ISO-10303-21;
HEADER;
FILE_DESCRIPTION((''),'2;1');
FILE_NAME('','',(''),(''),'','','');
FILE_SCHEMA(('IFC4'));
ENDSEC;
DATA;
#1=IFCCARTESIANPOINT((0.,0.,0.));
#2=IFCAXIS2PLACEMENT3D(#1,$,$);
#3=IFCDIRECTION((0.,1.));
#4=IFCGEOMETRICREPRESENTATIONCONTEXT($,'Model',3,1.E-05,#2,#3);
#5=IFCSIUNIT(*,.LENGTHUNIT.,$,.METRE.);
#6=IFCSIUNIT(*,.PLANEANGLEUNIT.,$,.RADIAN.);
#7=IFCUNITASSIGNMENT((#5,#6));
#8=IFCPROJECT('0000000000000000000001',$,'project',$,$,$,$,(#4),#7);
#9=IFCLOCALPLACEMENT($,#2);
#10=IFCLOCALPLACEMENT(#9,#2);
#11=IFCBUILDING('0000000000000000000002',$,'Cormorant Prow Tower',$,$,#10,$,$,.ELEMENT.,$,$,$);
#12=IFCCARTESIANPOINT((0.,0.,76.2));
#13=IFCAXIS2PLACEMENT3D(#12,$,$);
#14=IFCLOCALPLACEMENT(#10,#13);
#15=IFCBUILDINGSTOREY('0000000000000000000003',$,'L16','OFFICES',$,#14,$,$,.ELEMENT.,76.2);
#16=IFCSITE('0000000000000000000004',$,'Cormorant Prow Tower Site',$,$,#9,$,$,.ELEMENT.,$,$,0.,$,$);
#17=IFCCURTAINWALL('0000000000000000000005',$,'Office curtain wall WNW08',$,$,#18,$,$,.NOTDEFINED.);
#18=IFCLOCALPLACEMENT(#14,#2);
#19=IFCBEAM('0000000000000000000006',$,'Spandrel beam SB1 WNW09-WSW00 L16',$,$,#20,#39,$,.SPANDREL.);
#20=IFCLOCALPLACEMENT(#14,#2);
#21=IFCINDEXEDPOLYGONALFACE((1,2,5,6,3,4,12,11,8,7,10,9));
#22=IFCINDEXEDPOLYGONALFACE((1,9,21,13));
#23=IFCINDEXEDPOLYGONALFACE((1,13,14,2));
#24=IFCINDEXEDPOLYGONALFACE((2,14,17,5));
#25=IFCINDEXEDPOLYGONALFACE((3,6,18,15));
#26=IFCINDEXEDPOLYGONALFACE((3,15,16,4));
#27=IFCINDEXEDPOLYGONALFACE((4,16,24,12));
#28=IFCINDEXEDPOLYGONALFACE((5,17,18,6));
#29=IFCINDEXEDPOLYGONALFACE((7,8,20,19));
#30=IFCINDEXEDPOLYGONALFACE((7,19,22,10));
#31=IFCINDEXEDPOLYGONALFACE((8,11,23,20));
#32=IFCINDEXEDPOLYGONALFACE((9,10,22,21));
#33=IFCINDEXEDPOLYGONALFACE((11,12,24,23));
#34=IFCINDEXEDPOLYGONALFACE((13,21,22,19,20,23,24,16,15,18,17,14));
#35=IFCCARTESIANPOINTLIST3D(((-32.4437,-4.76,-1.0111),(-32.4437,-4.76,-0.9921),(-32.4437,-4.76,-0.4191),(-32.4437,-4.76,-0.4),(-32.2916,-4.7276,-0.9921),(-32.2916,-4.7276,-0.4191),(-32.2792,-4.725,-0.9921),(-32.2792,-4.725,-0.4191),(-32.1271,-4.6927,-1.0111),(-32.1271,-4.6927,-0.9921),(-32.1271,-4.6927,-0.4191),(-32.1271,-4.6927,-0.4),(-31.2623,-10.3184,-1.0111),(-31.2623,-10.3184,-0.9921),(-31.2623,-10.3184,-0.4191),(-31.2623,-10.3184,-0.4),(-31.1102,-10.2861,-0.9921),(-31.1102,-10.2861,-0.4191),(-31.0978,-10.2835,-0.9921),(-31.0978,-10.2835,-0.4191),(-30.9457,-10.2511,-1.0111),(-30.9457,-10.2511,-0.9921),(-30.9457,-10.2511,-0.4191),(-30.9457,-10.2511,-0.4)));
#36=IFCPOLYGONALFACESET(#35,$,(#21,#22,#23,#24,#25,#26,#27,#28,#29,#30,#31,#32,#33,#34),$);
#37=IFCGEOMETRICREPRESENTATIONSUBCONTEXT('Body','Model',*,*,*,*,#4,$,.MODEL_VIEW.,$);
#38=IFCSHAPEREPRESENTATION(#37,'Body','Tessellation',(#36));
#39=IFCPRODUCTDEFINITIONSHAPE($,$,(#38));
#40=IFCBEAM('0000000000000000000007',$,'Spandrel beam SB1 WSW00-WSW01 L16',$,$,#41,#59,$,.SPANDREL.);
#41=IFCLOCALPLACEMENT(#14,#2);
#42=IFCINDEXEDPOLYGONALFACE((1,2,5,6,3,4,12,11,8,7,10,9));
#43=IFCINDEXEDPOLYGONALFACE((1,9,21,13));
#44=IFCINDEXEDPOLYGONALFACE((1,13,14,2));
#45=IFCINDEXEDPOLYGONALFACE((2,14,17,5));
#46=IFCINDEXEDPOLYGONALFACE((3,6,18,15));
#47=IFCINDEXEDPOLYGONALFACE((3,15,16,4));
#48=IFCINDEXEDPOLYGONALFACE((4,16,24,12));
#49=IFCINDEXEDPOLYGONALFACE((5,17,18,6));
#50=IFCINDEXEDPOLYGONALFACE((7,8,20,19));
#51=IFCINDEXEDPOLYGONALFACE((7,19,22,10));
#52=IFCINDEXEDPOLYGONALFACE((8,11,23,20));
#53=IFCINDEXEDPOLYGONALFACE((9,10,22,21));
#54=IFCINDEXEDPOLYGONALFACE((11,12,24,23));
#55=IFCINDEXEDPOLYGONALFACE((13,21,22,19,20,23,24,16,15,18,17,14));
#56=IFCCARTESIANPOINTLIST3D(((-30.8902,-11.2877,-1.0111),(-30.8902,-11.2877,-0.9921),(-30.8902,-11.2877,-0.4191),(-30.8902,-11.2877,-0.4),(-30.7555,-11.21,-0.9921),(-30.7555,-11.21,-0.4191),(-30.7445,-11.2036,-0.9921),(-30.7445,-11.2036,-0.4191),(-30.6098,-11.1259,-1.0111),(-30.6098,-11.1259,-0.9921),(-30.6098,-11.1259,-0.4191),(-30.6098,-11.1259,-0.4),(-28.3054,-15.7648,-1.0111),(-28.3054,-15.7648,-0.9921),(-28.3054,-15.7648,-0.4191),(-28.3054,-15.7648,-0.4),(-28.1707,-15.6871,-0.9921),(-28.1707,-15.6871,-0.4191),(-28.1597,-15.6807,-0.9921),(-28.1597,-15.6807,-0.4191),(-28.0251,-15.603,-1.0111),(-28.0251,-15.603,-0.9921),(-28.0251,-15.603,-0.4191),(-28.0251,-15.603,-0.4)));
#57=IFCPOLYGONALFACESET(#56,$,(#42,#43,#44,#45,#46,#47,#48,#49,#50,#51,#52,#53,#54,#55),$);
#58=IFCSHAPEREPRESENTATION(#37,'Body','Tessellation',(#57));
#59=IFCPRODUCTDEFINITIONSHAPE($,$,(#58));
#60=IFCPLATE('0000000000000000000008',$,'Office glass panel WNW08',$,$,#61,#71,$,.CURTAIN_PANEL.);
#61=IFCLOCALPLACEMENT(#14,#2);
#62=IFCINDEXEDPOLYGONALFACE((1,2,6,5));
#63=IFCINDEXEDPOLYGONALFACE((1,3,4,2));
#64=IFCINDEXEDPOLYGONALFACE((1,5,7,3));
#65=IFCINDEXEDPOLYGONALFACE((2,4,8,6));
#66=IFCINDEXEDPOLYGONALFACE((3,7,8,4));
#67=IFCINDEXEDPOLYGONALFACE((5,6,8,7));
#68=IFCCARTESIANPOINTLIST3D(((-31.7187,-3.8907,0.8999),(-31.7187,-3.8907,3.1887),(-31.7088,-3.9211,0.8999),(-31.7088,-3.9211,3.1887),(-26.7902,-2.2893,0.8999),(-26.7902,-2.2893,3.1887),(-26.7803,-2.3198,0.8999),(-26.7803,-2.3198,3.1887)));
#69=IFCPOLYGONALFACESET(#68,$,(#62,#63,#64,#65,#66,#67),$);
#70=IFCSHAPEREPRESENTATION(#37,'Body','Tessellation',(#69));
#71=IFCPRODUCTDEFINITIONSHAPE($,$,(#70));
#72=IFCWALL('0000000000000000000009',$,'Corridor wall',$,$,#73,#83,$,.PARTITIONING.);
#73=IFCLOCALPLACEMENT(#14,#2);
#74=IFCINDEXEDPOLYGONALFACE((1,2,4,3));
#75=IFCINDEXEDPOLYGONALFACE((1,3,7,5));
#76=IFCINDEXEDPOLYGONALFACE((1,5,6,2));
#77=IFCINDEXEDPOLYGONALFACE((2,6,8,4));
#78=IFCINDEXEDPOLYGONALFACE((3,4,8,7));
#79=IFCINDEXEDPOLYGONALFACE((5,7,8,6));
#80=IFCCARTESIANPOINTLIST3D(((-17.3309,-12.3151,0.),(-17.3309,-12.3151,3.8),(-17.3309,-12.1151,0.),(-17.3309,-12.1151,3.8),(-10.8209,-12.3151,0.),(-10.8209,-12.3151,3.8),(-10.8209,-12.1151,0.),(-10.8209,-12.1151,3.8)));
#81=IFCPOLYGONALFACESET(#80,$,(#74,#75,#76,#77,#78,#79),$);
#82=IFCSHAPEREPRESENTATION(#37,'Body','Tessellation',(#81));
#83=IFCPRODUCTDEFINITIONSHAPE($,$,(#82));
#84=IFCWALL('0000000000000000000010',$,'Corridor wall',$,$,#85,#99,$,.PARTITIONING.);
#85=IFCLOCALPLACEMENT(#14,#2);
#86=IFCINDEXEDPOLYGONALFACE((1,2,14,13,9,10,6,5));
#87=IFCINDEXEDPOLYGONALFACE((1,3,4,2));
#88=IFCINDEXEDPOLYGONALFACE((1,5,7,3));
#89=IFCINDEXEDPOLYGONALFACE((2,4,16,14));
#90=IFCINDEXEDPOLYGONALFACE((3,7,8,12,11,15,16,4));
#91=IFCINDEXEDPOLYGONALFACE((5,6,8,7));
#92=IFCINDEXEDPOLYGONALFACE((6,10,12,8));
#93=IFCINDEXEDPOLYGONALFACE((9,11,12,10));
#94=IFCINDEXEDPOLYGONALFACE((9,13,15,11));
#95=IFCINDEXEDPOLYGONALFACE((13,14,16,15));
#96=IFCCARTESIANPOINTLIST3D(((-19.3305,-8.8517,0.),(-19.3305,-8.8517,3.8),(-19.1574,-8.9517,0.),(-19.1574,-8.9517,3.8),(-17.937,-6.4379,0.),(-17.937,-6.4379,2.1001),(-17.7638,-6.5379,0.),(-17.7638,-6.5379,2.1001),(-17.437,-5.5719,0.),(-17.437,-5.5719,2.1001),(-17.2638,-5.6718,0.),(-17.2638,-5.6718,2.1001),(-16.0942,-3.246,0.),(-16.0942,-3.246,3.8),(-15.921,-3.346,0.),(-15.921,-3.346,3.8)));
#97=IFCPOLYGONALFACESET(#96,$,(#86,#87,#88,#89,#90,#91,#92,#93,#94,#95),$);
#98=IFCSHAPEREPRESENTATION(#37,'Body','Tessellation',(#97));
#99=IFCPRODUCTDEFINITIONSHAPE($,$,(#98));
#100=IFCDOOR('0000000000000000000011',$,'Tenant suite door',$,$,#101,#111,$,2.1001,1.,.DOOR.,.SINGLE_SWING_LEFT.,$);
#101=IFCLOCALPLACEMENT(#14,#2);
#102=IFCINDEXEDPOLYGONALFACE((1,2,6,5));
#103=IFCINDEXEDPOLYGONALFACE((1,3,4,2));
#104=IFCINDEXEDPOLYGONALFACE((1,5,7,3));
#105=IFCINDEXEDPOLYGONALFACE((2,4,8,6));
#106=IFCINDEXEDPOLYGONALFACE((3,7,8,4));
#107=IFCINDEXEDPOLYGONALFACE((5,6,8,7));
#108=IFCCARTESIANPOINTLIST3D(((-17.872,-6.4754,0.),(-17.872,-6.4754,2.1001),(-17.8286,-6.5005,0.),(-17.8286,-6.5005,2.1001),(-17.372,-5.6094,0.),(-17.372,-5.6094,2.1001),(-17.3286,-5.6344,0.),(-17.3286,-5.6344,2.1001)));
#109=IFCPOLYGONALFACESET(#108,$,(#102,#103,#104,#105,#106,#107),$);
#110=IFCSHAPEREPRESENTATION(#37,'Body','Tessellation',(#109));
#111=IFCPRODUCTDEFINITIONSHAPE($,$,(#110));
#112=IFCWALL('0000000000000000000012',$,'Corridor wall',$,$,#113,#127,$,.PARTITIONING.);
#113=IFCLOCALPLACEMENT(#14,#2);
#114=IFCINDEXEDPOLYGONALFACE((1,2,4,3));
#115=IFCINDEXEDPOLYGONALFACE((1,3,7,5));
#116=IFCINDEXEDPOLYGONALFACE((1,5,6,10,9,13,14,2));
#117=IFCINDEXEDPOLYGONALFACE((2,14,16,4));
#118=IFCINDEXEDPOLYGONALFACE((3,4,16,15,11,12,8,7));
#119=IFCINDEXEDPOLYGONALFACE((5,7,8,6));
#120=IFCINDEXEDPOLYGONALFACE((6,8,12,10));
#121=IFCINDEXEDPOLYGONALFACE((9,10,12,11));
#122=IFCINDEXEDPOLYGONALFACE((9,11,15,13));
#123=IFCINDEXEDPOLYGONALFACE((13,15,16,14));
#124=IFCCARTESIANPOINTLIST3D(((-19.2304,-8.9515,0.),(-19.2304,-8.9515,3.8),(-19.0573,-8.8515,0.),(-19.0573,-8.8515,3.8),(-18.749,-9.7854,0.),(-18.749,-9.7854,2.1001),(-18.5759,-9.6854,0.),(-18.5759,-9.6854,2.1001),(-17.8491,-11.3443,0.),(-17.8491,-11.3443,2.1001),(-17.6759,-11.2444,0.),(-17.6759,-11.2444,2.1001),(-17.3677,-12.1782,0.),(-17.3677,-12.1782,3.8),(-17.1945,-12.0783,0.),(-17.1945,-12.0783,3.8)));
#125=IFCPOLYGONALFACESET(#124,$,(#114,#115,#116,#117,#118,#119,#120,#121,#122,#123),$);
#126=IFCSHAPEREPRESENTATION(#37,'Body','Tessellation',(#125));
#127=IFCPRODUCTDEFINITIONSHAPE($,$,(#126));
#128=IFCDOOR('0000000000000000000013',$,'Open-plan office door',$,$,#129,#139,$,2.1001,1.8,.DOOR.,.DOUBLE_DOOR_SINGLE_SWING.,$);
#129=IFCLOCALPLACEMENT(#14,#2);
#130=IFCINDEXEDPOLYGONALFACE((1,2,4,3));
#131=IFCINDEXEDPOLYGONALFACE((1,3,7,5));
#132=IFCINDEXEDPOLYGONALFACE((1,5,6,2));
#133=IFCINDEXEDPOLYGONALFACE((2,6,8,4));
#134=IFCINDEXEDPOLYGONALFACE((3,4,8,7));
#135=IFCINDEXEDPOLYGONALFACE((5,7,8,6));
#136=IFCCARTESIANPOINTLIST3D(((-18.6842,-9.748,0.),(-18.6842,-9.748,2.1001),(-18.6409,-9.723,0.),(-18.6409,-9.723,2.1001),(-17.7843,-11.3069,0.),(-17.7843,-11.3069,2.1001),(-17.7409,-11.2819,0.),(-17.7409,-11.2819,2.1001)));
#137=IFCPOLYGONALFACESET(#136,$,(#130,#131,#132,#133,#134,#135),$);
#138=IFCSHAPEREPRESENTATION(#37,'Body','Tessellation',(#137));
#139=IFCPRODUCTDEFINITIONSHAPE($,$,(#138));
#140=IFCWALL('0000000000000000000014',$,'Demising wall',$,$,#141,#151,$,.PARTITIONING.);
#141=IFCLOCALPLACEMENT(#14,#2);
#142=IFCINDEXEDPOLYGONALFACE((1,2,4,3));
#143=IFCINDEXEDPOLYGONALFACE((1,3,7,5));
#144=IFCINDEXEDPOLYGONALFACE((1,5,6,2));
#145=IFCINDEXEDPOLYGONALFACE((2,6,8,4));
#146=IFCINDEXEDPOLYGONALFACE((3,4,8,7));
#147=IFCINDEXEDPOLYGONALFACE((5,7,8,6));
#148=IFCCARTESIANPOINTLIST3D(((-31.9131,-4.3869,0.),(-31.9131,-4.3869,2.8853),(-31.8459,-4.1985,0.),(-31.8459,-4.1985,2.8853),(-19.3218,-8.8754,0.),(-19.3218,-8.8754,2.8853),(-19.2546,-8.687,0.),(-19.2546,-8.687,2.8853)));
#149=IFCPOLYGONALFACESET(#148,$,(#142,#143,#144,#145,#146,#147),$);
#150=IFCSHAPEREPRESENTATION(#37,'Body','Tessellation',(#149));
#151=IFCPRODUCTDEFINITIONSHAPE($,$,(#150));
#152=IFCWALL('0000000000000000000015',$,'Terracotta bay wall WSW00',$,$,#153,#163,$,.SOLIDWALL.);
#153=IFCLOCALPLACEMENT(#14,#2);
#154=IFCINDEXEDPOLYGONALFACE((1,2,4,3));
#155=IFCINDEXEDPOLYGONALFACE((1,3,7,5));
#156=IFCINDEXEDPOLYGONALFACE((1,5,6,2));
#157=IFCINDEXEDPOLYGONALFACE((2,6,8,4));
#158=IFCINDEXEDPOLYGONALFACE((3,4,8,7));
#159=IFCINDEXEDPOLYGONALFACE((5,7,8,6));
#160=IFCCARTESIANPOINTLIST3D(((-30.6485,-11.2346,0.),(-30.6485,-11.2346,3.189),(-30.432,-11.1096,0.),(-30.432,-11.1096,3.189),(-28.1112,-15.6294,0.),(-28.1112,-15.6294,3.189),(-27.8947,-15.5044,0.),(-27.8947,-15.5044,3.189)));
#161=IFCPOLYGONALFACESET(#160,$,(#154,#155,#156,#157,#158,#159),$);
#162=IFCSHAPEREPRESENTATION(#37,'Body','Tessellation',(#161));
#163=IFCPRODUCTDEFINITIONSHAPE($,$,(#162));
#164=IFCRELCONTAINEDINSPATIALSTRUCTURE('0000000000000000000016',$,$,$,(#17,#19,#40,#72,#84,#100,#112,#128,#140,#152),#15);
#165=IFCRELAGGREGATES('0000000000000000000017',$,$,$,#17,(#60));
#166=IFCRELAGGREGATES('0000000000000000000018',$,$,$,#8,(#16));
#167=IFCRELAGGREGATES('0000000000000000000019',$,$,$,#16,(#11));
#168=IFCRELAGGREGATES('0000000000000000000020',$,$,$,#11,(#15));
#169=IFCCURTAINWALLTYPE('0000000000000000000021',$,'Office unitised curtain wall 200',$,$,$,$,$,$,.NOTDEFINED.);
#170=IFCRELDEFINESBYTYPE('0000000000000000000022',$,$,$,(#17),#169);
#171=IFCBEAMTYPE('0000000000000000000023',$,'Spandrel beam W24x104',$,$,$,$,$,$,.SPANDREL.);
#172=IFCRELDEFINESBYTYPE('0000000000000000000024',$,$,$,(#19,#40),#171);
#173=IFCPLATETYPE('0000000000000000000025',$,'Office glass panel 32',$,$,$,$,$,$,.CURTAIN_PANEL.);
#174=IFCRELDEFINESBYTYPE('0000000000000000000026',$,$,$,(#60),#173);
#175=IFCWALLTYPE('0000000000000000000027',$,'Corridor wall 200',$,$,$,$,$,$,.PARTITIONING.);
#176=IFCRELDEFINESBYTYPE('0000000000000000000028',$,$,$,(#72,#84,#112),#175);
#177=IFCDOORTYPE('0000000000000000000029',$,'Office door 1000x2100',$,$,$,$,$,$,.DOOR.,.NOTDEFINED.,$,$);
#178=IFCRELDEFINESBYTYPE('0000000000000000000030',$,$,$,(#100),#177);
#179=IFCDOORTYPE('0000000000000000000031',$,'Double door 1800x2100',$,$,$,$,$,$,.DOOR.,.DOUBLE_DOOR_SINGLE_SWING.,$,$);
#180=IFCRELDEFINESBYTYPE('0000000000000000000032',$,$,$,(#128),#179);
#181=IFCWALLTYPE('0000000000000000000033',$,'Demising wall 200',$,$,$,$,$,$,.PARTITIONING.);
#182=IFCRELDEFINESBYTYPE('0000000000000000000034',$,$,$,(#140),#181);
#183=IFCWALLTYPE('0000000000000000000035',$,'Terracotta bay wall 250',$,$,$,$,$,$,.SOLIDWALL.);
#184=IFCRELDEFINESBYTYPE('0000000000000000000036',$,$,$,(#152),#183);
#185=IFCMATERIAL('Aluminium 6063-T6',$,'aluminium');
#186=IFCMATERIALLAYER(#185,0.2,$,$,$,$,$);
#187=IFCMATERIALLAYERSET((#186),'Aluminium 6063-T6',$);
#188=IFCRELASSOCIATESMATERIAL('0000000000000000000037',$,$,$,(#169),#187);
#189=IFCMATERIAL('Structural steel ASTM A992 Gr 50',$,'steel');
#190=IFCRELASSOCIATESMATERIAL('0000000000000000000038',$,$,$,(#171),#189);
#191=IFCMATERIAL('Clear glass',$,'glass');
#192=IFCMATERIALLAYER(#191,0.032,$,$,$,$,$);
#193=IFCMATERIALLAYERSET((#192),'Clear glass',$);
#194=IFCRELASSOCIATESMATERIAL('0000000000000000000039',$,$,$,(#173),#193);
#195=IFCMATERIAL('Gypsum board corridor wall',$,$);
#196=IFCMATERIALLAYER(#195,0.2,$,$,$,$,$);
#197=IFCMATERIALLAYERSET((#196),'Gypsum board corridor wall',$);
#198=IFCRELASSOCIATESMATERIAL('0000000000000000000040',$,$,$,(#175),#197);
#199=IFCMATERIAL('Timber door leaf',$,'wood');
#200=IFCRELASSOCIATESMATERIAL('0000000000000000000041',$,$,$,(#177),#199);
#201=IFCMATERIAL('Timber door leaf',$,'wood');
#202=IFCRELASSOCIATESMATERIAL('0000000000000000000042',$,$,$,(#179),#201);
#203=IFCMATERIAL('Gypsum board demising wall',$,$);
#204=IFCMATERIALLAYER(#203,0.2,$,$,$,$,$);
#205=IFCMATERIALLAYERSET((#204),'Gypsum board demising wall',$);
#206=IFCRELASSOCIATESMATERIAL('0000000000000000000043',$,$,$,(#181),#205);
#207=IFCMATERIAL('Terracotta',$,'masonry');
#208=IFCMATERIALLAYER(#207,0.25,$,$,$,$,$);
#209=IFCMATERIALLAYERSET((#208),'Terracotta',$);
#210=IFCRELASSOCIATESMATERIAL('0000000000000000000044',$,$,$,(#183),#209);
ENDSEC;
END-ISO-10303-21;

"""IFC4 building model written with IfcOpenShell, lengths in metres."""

from ifc_helpers import new_model, si_unit, direction, frame, frame_2d, origin, origin_2d, place, context, subcontext, project, spatial, rectangle, i_section, extrude, material, layer, layer_set, material_profile, profile_set, type_object, element, fill, aggregate, save


model = new_model("IFC4")

# Units and contexts
model_context = context("Model", 3, precision=1e-05, world=origin(), true_north=direction((0.0, 1.0)))
body_context = subcontext(model_context, "Body", "Model", "MODEL_VIEW")
ifc_project = project(units=[si_unit("LENGTHUNIT", "METRE"), si_unit("PLANEANGLEUNIT", "RADIAN")], contexts=[model_context])

# Site, building, storey
site_placement = place(None, origin())
site = spatial("IfcSite", under=ifc_project, at=site_placement, Name="Cormorant Prow Tower Site", CompositionType="ELEMENT", RefElevation=0.0)
building_placement = place(site_placement, origin())
building = spatial("IfcBuilding", under=site, at=building_placement, Name="Cormorant Prow Tower", CompositionType="ELEMENT")
storey_placement = place(building_placement, frame((0.0, 0.0, 76.2)))
storey = spatial("IfcBuildingStorey", under=building, at=storey_placement, Name="L16", Description="OFFICES", CompositionType="ELEMENT", Elevation=76.2)

# Curtain wall
ifc_material_1 = material(Name="Aluminium 6063-T6", Category="aluminium")
ifc_layer_1 = layer(ifc_material_1, 0.2)
ifc_layer_set_1 = layer_set([ifc_layer_1], Name="Aluminium 6063-T6")
curtain_wall_type = type_object("IfcCurtainWallType", Name="Office unitised curtain wall 200", PredefinedType="NOTDEFINED", material=ifc_layer_set_1)
curtain_wall_placement = place(storey_placement, origin())
curtain_wall = element("IfcCurtainWall", 1, at=curtain_wall_placement, inside=storey, type_object=curtain_wall_type, Name="Office curtain wall WNW08", PredefinedType="NOTDEFINED")

# Beams
ifc_material_2 = material(Name="Structural steel ASTM A992 Gr 50", Category="steel")
ifc_material_profile_1 = material_profile(ifc_material_2, i_section(OverallWidth=0.3237, OverallDepth=0.6111, WebThickness=0.0127, FlangeThickness=0.019, at=origin_2d()), Name="W24x104")
ifc_profile_set_1 = profile_set([ifc_material_profile_1], Name="Structural steel ASTM A992 Gr 50")
beam_type_1 = type_object("IfcBeamType", Name="Spandrel beam W24x104", PredefinedType="SPANDREL", material=ifc_profile_set_1)
beam_1_placement = place(storey_placement, frame((-32.2854, -4.7263, -0.7056), z_axis=(0.2079, -0.97815, 0.0), x_axis=(0.97815, 0.2079, 0.0)))
element("IfcBeam", 2, at=beam_1_placement, inside=storey, type_object=beam_type_1, Name="Spandrel beam SB1 WNW09-WSW00 L16", PredefinedType="SPANDREL", context=body_context, shape_type="SweptSolid", body=[
    extrude(i_section(OverallWidth=0.3237, OverallDepth=0.6111, WebThickness=0.0127, FlangeThickness=0.019, at=origin_2d()), origin(), (0.0, 0.0, 1.0), 5.6826),
])
beam_2_placement = place(storey_placement, frame((-30.75, -11.2068, -0.7056), z_axis=(0.499984, -0.866035, 0.0), x_axis=(0.866035, 0.499984, 0.0)))
element("IfcBeam", 3, at=beam_2_placement, inside=storey, type_object=beam_type_1, Name="Spandrel beam SB1 WSW00-WSW01 L16", PredefinedType="SPANDREL", context=body_context, shape_type="SweptSolid", body=[
    extrude(i_section(OverallWidth=0.3237, OverallDepth=0.6111, WebThickness=0.0127, FlangeThickness=0.019, at=origin_2d()), origin(), (0.0, 0.0, 1.0), 5.1697),
])

# Plate
ifc_material_3 = material(Name="Clear glass", Category="glass")
ifc_layer_2 = layer(ifc_material_3, 0.032)
ifc_layer_set_2 = layer_set([ifc_layer_2], Name="Clear glass")
plate_type = type_object("IfcPlateType", Name="Office glass panel 32", PredefinedType="CURTAIN_PANEL", material=ifc_layer_set_2)
plate_placement = place(storey_placement, frame((-29.2495, -3.1052, 0.8999), z_axis=(0.0, 0.0, 1.0), x_axis=(-0.951057, -0.309017, 0.0)))
plate = element("IfcPlate", 4, at=plate_placement, type_object=plate_type, Name="Office glass panel WNW08", PredefinedType="CURTAIN_PANEL", context=body_context, shape_type="SweptSolid", body=[
    extrude(rectangle(XDim=5.1821, YDim=0.032, at=origin_2d()), origin(), (0.0, 0.0, 1.0), 2.2888),
])
aggregate(curtain_wall, [plate])

# Wall
ifc_material_4 = material(Name="Gypsum board corridor wall")
ifc_layer_3 = layer(ifc_material_4, 0.2)
ifc_layer_set_3 = layer_set([ifc_layer_3], Name="Gypsum board corridor wall")
wall_type_1 = type_object("IfcWallType", Name="Corridor wall 200", PredefinedType="PARTITIONING", material=ifc_layer_set_3)
wall_1_placement = place(storey_placement, frame((-17.3308, -12.2151, 0.0), z_axis=(0.0, 0.0, 1.0), x_axis=(1.0, 0.0, 0.0)))
element("IfcWall", 5, at=wall_1_placement, inside=storey, type_object=wall_type_1, Name="Corridor wall", PredefinedType="PARTITIONING", context=body_context, shape_type="SweptSolid", body=[
    extrude(rectangle(XDim=6.51, YDim=0.2, at=frame_2d((3.2549, 0.0))), origin(), (0.0, 0.0, 1.0), 3.8),
])

# Walls, openings, doors
wall_2_placement = place(storey_placement, frame((-19.2439, -8.9016, 0.0), z_axis=(0.0, 0.0, 1.0), x_axis=(0.499985, 0.866034, 0.0)))
wall_2 = element("IfcWall", 6, at=wall_2_placement, inside=storey, type_object=wall_type_1, Name="Corridor wall", PredefinedType="PARTITIONING", context=body_context, shape_type="SweptSolid", body=[
    extrude(rectangle(XDim=6.4729, YDim=0.2, at=frame_2d((3.2363, 0.0))), origin(), (0.0, 0.0, 1.0), 3.8),
])
opening_1_placement = place(wall_2_placement, frame((2.7871, 0.0, 0.0)))
opening_1 = element("IfcOpeningElement", 7, at=opening_1_placement, cuts=wall_2, PredefinedType="OPENING", context=body_context, shape_type="SweptSolid", body=[
    extrude(rectangle(XDim=1.0, YDim=2.1001, at=frame_2d((0.5, 1.05))), frame((0.0, 0.1099, 0.0), z_axis=(0.0, -1.0, 0.0), x_axis=(1.0, 0.0, 0.0)), (0.0, 0.0, 1.0), 0.22),
])
ifc_material_5 = material(Name="Timber door leaf", Category="wood")
door_type_1 = type_object("IfcDoorType", Name="Office door 1000x2100", OperationType="NOTDEFINED", PredefinedType="DOOR", material=ifc_material_5)
door_1_placement = place(opening_1_placement, origin())
door_1 = element("IfcDoor", 8, at=door_1_placement, inside=storey, type_object=door_type_1, Name="Tenant suite door", OperationType="SINGLE_SWING_LEFT", OverallHeight=2.1001, OverallWidth=1.0, PredefinedType="DOOR", context=body_context, shape_type="SweptSolid", body=[
    extrude(rectangle(XDim=1.0, YDim=2.1001, at=frame_2d((0.5, 1.05))), frame((0.0, 0.0249, 0.0), z_axis=(0.0, -1.0, 0.0), x_axis=(1.0, 0.0, 0.0)), (0.0, 0.0, 1.0), 0.05),
])
fill(opening_1, door_1)
wall_3_placement = place(storey_placement, frame((-19.1438, -8.9016, 0.0), z_axis=(0.0, 0.0, 1.0), x_axis=(0.499959, -0.866049, 0.0)))
wall_3 = element("IfcWall", 9, at=wall_3_placement, inside=storey, type_object=wall_type_1, Name="Corridor wall", PredefinedType="PARTITIONING", context=body_context, shape_type="SweptSolid", body=[
    extrude(rectangle(XDim=3.7258, YDim=0.2, at=frame_2d((1.8628, 0.0))), origin(), (0.0, 0.0, 1.0), 3.8),
])
opening_2_placement = place(wall_3_placement, frame((0.9629, 0.0, 0.0)))
opening_2 = element("IfcOpeningElement", 10, at=opening_2_placement, cuts=wall_3, PredefinedType="OPENING", context=body_context, shape_type="SweptSolid", body=[
    extrude(rectangle(XDim=1.8, YDim=2.1001, at=frame_2d((0.8999, 1.05))), frame((0.0, 0.1099, 0.0), z_axis=(0.0, -1.0, 0.0), x_axis=(1.0, 0.0, 0.0)), (0.0, 0.0, 1.0), 0.22),
])
ifc_material_6 = material(Name="Timber door leaf", Category="wood")
door_type_2 = type_object("IfcDoorType", Name="Double door 1800x2100", OperationType="DOUBLE_DOOR_SINGLE_SWING", PredefinedType="DOOR", material=ifc_material_6)
door_2_placement = place(opening_2_placement, origin())
door_2 = element("IfcDoor", 11, at=door_2_placement, inside=storey, type_object=door_type_2, Name="Open-plan office door", OperationType="DOUBLE_DOOR_SINGLE_SWING", OverallHeight=2.1001, OverallWidth=1.8, PredefinedType="DOOR", context=body_context, shape_type="SweptSolid", body=[
    extrude(rectangle(XDim=1.8, YDim=2.1001, at=frame_2d((0.8999, 1.05))), frame((0.0, 0.0249, 0.0), z_axis=(0.0, -1.0, 0.0), x_axis=(1.0, 0.0, 0.0)), (0.0, 0.0, 1.0), 0.05),
])
fill(opening_2, door_2)

# Walls
ifc_material_7 = material(Name="Gypsum board demising wall")
ifc_layer_4 = layer(ifc_material_7, 0.2)
ifc_layer_set_4 = layer_set([ifc_layer_4], Name="Gypsum board demising wall")
wall_type_2 = type_object("IfcWallType", Name="Demising wall 200", PredefinedType="PARTITIONING", material=ifc_layer_set_4)
wall_4_placement = place(storey_placement, frame((-31.8794, -4.2927, 0.0), z_axis=(0.0, 0.0, 1.0), x_axis=(0.94194, -0.335781, 0.0)))
element("IfcWall", 12, at=wall_4_placement, inside=storey, type_object=wall_type_2, Name="Demising wall", PredefinedType="PARTITIONING", context=body_context, shape_type="SweptSolid", body=[
    extrude(rectangle(XDim=13.3674, YDim=0.2, at=frame_2d((6.6836, 0.0))), origin(), (0.0, 0.0, 1.0), 2.8853),
])
ifc_material_8 = material(Name="Terracotta", Category="masonry")
ifc_layer_5 = layer(ifc_material_8, 0.25)
ifc_layer_set_5 = layer_set([ifc_layer_5], Name="Terracotta")
wall_type_3 = type_object("IfcWallType", Name="Terracotta bay wall 250", PredefinedType="SOLIDWALL", material=ifc_layer_set_5)
wall_5_placement = place(storey_placement, frame((-30.5403, -11.1721, 0.0), z_axis=(0.0, 0.0, 1.0), x_axis=(0.500004, -0.866023, 0.0)))
element("IfcWall", 13, at=wall_5_placement, inside=storey, type_object=wall_type_3, Name="Terracotta bay wall WSW00", PredefinedType="SOLIDWALL", context=body_context, shape_type="SweptSolid", body=[
    extrude(rectangle(XDim=5.0747, YDim=0.25, at=frame_2d((2.5374, 0.0))), origin(), (0.0, 0.0, 1.0), 3.189),
])

save(model, "model.ifc")
